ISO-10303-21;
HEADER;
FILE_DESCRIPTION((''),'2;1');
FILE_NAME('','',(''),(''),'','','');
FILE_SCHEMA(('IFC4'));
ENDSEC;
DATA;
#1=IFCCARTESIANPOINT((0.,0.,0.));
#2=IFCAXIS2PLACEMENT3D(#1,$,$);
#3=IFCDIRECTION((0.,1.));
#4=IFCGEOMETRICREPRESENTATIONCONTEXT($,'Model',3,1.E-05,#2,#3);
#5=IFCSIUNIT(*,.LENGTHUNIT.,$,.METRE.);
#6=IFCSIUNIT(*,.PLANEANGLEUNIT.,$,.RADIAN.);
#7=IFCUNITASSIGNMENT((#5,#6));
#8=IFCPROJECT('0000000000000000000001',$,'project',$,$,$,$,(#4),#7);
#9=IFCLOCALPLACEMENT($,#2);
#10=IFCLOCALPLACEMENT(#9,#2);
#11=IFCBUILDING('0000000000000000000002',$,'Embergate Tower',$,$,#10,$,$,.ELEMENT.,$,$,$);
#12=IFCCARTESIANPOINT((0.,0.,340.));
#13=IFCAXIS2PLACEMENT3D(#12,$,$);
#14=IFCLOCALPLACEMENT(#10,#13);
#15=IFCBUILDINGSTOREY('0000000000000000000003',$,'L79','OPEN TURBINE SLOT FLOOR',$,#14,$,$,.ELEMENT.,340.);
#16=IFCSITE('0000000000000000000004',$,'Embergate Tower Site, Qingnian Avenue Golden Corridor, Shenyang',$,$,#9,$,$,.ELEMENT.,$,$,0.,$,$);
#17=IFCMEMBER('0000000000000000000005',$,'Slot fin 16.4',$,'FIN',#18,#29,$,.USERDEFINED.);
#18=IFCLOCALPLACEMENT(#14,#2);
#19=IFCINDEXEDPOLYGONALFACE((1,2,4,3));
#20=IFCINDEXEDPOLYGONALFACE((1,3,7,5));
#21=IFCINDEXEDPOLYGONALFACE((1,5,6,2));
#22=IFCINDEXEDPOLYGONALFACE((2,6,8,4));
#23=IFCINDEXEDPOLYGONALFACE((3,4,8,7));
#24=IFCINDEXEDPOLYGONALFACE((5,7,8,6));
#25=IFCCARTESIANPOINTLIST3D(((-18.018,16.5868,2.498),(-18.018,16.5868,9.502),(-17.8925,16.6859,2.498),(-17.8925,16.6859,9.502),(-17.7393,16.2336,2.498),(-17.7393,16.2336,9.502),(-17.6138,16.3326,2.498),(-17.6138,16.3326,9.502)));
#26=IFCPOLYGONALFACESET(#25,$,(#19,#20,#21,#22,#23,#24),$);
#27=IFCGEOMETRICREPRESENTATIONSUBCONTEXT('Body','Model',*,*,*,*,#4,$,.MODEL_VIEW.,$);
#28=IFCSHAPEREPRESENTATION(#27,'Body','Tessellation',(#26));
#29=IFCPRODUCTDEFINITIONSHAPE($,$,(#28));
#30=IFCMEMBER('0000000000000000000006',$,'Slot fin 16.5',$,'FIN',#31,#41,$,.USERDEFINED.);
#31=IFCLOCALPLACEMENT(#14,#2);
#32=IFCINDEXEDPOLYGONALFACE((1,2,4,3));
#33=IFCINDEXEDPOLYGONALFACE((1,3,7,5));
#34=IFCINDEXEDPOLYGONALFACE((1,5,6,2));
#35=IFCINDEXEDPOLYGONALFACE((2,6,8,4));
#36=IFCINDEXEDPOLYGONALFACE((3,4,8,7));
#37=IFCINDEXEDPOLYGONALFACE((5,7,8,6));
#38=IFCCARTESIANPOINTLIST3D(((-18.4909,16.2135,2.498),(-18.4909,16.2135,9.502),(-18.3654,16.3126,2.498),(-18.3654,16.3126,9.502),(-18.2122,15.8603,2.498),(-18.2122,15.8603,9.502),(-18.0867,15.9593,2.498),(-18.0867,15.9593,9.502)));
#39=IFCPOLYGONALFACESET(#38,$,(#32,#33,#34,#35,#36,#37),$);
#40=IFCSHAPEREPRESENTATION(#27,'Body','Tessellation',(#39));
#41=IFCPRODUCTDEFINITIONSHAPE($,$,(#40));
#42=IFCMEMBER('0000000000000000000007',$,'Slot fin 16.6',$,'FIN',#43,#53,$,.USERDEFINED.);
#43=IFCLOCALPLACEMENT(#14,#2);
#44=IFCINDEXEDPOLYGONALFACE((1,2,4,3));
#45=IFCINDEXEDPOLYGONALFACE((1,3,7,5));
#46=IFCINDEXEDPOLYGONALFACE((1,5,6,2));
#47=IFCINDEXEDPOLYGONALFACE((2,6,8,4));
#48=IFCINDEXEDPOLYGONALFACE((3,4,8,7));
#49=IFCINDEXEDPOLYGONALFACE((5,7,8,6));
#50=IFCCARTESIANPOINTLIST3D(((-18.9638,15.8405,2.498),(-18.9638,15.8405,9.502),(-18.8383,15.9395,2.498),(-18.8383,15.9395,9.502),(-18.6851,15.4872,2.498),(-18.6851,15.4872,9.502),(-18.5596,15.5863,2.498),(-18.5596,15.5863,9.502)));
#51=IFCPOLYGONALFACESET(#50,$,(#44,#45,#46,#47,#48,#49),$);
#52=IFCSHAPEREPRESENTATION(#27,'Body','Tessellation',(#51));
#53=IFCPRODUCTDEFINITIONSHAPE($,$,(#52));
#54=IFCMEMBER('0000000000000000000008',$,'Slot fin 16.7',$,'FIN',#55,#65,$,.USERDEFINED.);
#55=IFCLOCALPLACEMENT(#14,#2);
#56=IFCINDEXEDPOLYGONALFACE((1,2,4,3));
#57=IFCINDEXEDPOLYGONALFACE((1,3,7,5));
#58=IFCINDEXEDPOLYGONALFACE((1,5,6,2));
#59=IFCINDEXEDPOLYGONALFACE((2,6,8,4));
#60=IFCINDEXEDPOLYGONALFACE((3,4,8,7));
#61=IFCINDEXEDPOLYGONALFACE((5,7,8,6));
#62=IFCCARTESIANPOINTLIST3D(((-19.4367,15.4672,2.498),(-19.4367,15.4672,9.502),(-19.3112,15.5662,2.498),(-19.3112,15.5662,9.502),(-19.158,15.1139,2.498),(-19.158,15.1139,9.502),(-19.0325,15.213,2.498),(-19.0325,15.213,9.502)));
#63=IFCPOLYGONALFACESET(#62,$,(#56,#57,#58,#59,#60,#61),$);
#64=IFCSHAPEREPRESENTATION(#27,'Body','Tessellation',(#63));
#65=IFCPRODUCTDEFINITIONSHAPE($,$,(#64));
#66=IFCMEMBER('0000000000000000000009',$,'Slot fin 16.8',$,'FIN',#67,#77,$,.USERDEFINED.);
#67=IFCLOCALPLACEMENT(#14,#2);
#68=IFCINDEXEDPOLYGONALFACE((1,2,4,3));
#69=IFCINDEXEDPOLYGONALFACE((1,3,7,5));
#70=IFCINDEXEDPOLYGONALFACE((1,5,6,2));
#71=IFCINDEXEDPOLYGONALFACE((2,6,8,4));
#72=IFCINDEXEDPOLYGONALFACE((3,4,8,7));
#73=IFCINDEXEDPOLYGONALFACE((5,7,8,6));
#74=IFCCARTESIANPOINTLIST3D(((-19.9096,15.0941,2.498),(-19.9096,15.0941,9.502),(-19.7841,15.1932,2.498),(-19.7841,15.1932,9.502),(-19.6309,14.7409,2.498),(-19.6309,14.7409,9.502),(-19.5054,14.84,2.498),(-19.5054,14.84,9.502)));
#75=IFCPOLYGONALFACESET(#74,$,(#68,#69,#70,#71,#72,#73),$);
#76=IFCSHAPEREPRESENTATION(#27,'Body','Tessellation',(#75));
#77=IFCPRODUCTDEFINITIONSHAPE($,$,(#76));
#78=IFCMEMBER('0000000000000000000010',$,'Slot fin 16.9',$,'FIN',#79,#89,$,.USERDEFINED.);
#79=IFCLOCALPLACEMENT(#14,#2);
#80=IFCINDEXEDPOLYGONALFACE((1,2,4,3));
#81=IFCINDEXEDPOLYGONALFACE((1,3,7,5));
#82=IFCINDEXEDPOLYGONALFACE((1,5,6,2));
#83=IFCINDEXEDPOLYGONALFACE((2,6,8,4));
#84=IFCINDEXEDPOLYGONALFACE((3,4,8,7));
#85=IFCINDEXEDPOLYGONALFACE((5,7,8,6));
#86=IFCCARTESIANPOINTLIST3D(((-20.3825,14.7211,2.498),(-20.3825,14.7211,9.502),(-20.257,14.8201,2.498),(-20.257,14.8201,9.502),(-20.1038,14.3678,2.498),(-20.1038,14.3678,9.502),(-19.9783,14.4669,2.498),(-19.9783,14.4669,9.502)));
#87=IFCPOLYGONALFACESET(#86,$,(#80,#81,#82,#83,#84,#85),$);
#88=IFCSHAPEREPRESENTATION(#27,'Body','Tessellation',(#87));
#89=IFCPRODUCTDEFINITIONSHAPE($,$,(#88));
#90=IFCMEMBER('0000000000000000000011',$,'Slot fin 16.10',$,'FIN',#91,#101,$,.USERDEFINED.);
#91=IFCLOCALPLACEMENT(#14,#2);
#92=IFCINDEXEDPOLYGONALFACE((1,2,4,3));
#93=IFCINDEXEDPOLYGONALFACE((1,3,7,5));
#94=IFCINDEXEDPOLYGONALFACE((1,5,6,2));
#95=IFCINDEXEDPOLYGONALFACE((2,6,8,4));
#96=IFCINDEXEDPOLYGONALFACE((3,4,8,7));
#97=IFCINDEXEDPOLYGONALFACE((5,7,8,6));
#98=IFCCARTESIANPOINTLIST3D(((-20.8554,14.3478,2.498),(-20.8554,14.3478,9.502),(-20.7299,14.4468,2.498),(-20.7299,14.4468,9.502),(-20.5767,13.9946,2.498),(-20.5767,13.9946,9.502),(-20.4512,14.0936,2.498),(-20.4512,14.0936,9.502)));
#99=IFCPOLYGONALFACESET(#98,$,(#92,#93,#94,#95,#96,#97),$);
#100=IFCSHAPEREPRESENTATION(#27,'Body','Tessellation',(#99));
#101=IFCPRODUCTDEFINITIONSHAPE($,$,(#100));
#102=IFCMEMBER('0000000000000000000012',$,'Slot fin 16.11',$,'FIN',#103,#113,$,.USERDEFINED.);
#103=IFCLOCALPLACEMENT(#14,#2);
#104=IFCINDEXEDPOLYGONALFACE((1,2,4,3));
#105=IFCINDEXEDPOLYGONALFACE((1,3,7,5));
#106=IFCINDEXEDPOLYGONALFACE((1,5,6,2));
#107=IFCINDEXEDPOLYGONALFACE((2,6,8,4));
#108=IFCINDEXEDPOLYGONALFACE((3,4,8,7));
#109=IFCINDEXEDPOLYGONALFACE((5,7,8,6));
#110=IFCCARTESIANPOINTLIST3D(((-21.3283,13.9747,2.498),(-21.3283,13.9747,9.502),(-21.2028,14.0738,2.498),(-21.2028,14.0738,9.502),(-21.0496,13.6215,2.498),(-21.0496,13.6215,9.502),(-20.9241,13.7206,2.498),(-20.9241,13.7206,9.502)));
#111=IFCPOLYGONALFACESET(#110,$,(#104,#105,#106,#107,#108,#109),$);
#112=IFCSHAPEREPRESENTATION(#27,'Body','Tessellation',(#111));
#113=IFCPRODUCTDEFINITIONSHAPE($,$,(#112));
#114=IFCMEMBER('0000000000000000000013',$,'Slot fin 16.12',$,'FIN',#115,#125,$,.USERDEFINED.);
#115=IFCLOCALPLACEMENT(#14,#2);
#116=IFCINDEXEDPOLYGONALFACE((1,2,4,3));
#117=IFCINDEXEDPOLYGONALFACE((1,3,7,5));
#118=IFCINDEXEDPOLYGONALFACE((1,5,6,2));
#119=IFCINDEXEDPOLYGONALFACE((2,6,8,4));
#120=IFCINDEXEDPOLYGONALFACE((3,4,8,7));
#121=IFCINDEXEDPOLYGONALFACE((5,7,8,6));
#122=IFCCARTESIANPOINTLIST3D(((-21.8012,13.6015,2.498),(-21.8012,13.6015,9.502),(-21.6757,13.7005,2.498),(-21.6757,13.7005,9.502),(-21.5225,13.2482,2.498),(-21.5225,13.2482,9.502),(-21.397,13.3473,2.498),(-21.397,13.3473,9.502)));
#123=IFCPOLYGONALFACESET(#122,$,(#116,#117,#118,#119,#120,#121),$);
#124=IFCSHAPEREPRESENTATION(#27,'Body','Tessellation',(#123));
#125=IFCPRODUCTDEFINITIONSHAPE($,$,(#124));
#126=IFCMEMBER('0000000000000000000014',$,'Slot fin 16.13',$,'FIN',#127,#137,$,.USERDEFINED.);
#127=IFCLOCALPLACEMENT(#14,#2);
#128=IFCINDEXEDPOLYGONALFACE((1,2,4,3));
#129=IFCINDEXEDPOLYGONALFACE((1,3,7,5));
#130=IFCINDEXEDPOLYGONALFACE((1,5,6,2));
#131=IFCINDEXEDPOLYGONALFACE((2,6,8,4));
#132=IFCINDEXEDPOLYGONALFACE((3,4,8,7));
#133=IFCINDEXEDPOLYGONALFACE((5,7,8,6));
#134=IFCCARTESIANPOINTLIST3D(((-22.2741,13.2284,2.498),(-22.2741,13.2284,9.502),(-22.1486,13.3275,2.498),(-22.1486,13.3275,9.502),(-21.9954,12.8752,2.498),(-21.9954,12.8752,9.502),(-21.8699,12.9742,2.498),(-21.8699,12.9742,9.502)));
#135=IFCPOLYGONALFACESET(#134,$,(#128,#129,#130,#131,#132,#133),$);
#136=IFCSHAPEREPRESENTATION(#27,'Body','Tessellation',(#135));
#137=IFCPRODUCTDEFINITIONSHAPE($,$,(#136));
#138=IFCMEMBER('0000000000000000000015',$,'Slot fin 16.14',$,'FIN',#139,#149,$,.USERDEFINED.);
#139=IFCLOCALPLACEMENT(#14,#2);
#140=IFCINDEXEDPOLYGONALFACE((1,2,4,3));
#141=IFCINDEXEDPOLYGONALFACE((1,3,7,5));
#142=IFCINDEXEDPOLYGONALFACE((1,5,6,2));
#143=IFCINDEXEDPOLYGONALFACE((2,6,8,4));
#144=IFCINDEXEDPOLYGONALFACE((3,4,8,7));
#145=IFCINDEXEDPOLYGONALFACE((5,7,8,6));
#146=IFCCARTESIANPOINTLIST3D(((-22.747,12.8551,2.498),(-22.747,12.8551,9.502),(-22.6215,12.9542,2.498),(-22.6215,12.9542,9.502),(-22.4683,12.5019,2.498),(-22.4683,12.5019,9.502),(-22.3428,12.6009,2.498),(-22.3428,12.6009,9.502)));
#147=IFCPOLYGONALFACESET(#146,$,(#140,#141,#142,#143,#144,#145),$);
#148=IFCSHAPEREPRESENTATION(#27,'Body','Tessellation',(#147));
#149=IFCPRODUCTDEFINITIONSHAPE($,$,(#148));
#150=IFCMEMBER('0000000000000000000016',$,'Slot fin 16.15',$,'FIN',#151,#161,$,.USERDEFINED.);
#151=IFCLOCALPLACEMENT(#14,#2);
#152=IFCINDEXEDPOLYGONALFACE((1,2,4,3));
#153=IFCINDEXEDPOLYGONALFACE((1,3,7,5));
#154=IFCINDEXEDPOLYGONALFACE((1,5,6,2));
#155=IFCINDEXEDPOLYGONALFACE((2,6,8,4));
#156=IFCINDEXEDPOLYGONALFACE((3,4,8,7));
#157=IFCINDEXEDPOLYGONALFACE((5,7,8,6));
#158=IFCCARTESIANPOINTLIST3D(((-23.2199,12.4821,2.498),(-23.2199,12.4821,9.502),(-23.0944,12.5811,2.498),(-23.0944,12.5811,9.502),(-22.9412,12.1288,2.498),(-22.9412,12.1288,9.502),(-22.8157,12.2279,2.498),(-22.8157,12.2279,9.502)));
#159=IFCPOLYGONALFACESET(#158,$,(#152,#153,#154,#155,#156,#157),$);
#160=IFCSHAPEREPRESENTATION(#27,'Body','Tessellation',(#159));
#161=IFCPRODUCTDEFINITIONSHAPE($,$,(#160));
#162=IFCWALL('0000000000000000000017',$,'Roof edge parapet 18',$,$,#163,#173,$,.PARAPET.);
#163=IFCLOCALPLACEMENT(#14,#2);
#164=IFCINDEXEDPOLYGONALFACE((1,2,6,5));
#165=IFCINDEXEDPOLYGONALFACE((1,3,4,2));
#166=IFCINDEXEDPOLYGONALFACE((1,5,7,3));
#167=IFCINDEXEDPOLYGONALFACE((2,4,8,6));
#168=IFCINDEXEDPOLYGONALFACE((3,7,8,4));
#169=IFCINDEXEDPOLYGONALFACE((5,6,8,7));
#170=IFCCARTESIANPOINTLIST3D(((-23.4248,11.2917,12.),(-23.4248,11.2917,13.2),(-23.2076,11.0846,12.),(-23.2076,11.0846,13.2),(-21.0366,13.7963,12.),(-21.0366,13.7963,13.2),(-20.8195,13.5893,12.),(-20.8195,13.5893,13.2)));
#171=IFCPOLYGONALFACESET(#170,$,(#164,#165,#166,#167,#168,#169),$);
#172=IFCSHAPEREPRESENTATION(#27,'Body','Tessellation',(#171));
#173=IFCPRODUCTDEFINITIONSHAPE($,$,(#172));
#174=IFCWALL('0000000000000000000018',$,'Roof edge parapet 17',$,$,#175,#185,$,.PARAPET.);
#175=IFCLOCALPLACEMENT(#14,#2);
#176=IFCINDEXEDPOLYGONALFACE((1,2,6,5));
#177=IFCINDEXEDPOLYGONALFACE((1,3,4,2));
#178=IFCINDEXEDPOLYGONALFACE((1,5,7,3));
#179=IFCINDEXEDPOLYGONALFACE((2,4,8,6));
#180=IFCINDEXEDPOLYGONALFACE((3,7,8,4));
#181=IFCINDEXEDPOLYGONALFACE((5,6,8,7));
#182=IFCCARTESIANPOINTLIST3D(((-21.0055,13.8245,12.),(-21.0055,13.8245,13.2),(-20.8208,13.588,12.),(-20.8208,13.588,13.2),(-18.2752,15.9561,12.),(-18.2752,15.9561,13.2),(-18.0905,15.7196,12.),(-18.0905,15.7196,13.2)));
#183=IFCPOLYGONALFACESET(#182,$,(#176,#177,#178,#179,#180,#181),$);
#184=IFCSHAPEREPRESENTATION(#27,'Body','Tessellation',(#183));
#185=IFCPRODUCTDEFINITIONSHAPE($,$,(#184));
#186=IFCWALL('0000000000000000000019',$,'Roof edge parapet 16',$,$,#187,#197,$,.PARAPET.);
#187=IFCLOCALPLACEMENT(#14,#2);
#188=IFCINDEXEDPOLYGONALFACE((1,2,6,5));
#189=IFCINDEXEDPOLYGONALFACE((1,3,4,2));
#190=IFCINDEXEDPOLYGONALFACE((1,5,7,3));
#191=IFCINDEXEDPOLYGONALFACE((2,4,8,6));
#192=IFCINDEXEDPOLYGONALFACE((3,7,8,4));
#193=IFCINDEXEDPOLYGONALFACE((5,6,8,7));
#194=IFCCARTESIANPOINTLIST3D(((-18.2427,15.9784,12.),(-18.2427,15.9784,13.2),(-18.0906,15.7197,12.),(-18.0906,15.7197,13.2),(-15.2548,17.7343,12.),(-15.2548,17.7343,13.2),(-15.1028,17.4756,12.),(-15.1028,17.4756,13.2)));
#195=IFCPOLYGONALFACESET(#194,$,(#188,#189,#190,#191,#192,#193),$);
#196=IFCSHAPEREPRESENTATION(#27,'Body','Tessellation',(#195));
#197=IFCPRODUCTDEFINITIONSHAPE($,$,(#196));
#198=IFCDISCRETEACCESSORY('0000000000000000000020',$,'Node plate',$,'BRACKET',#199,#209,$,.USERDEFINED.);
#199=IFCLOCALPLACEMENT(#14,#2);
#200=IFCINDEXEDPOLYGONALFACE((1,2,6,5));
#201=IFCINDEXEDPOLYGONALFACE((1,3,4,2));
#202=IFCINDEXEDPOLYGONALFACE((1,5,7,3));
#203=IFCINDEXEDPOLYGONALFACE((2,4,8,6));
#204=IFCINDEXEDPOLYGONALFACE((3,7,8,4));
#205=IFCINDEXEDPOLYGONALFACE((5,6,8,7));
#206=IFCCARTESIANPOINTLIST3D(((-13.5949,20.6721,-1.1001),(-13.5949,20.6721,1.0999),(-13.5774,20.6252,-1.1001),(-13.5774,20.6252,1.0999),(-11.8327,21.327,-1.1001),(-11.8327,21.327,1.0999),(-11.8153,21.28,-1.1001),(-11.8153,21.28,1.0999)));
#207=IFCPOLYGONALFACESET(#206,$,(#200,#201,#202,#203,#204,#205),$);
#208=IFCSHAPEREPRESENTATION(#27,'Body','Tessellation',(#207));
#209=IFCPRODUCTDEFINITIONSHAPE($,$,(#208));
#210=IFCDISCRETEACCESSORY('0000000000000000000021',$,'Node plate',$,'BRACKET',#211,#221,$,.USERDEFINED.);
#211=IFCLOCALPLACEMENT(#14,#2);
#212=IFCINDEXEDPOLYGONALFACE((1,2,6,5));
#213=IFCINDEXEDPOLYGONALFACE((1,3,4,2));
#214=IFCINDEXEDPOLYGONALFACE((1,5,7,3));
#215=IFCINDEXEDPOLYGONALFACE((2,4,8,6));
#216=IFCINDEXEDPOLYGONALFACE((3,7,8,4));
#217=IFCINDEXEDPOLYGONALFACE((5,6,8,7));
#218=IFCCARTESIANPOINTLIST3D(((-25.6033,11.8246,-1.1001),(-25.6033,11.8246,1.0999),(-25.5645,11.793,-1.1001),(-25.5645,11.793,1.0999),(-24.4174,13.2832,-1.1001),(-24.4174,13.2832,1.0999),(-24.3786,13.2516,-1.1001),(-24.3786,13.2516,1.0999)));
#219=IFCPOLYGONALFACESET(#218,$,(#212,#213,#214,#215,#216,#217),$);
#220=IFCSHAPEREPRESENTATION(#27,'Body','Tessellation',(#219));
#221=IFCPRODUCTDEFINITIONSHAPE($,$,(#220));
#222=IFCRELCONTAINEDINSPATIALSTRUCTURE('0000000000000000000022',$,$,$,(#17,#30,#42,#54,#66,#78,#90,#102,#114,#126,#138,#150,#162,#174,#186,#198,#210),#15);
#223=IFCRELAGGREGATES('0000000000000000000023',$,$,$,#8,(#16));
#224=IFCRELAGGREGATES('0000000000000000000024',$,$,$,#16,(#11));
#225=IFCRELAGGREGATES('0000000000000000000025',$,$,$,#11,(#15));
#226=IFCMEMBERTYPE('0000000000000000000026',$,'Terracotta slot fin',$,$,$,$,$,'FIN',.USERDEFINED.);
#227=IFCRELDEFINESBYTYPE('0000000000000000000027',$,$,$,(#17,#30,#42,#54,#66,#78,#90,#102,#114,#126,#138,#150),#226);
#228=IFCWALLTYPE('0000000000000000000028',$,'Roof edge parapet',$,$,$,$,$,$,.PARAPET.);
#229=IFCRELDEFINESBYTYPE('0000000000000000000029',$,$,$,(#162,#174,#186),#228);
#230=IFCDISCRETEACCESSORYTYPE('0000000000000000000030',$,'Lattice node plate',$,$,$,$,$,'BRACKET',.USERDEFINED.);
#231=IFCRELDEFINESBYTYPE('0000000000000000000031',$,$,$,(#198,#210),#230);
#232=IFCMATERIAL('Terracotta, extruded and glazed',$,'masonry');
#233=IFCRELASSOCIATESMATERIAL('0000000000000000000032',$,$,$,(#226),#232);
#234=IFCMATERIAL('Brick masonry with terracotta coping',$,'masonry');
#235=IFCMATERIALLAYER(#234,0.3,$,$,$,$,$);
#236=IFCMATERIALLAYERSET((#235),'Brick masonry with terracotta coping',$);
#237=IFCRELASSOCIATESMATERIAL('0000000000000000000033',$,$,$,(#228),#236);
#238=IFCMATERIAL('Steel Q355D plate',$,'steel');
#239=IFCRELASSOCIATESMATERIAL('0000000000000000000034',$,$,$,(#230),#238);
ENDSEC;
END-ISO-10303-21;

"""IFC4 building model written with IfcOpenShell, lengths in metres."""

from ifc_helpers import new_model, si_unit, direction, frame, frame_2d, origin, origin_2d, place, context, subcontext, project, spatial, rectangle, extrude, source, transform, mapped, material, layer, layer_set, material_profile, profile_set, type_object, element, save


model = new_model("IFC4")

# Units and contexts
model_context = context("Model", 3, precision=1e-05, world=origin(), true_north=direction((0.0, 1.0)))
body_context = subcontext(model_context, "Body", "Model", "MODEL_VIEW")
ifc_project = project(units=[si_unit("LENGTHUNIT", "METRE"), si_unit("PLANEANGLEUNIT", "RADIAN")], contexts=[model_context])

# Site, building, storey
site_placement = place(None, origin())
site = spatial("IfcSite", under=ifc_project, at=site_placement, Name="Embergate Tower Site, Qingnian Avenue Golden Corridor, Shenyang", CompositionType="ELEMENT", RefElevation=0.0)
building_placement = place(site_placement, origin())
building = spatial("IfcBuilding", under=site, at=building_placement, Name="Embergate Tower", CompositionType="ELEMENT")
storey_placement = place(building_placement, frame((0.0, 0.0, 340.0)))
storey = spatial("IfcBuildingStorey", under=building, at=storey_placement, Name="L79", Description="OPEN TURBINE SLOT FLOOR", CompositionType="ELEMENT", Elevation=340.0)

# Members
ifc_material_1 = material(Name="Terracotta, extruded and glazed", Category="masonry")
ifc_material_profile_1 = material_profile(ifc_material_1, rectangle(XDim=0.45, YDim=0.1599, at=origin_2d()), Name="TC 450x160")
ifc_profile_set_1 = profile_set([ifc_material_profile_1], Name="Terracotta, extruded and glazed")
member_type_1 = type_object("IfcMemberType", Name="Terracotta slot fin", ElementType="FIN", PredefinedType="USERDEFINED", material=ifc_profile_set_1)
shared_shape_1 = source(origin(), body_context, "Body", "SweptSolid", [
    extrude(rectangle(XDim=0.45, YDim=0.1599, at=origin_2d()), origin(), (0.0, 0.0, 1.0), 7.0039),
])
for number, where, z_axis, x_axis, name in (
    (1, (-17.8159, 16.4597, 2.498), (0.0, 0.0, 1.0), (0.619435, -0.785048, 0.0), "Slot fin 16.4"),
    (2, (-18.2888, 16.0864, 2.498), (0.0, 0.0, 1.0), (0.619435, -0.785048, 0.0), "Slot fin 16.5"),
    (3, (-18.7617, 15.7134, 2.498), (0.0, 0.0, 1.0), (0.619435, -0.785048, 0.0), "Slot fin 16.6"),
    (4, (-19.2346, 15.3401, 2.498), (0.0, 0.0, 1.0), (0.619435, -0.785048, 0.0), "Slot fin 16.7"),
    (5, (-19.7075, 14.967, 2.498), (0.0, 0.0, 1.0), (0.619435, -0.785048, 0.0), "Slot fin 16.8"),
    (6, (-20.1804, 14.594, 2.498), (0.0, 0.0, 1.0), (0.619435, -0.785048, 0.0), "Slot fin 16.9"),
    (7, (-20.6533, 14.2207, 2.498), (0.0, 0.0, 1.0), (0.619435, -0.785048, 0.0), "Slot fin 16.10"),
    (8, (-21.1262, 13.8477, 2.498), (0.0, 0.0, 1.0), (0.619435, -0.785048, 0.0), "Slot fin 16.11"),
    (9, (-21.5991, 13.4744, 2.498), (0.0, 0.0, 1.0), (0.619435, -0.785048, 0.0), "Slot fin 16.12"),
    (10, (-22.072, 13.1013, 2.498), (0.0, 0.0, 1.0), (0.619435, -0.785048, 0.0), "Slot fin 16.13"),
    (11, (-22.5449, 12.728, 2.498), (0.0, 0.0, 1.0), (0.619435, -0.785048, 0.0), "Slot fin 16.14"),
    (12, (-23.0178, 12.355, 2.498), (0.0, 0.0, 1.0), (0.619435, -0.785048, 0.0), "Slot fin 16.15"),
):
    element("IfcMember", number, at=place(storey_placement, frame(where, z_axis=z_axis, x_axis=x_axis)), inside=storey, type_object=member_type_1, Name=name, ObjectType="FIN", PredefinedType="USERDEFINED", context=body_context, shape_type="MappedRepresentation", body=[
        mapped(shared_shape_1, transform((0.0, 0.0, 0.0))),
    ])

# Walls
ifc_material_2 = material(Name="Brick masonry with terracotta coping", Category="masonry")
ifc_layer = layer(ifc_material_2, 0.3)
ifc_layer_set = layer_set([ifc_layer], Name="Brick masonry with terracotta coping")
wall_type = type_object("IfcWallType", Name="Roof edge parapet", PredefinedType="PARAPET", material=ifc_layer_set)
shared_shape_2 = source(origin(), body_context, "Body", "SweptSolid", [
    extrude(rectangle(XDim=3.4607, YDim=0.3, at=frame_2d((1.7305, 0.0))), origin(), (0.0, 0.0, 1.0), 1.2),
])
wall_1_placement = place(storey_placement, frame((-20.928, 13.6929, 12.0), z_axis=(0.0, 0.0, 1.0), x_axis=(-0.690081, -0.723732, 0.0)))
element("IfcWall", 13, at=wall_1_placement, inside=storey, type_object=wall_type, Name="Roof edge parapet 18", PredefinedType="PARAPET", context=body_context, shape_type="MappedRepresentation", body=[
    mapped(shared_shape_2, transform((0.0, 0.0, 0.0))),
])
shared_shape_3 = source(origin(), body_context, "Body", "SweptSolid", [
    extrude(rectangle(XDim=3.4639, YDim=0.3, at=frame_2d((1.7319, 0.0))), origin(), (0.0, 0.0, 1.0), 1.2),
])
wall_2_placement = place(storey_placement, frame((-18.1829, 15.8379, 12.0), z_axis=(0.0, 0.0, 1.0), x_axis=(-0.78822, -0.615394, 0.0)))
element("IfcWall", 14, at=wall_2_placement, inside=storey, type_object=wall_type, Name="Roof edge parapet 17", PredefinedType="PARAPET", context=body_context, shape_type="MappedRepresentation", body=[
    mapped(shared_shape_3, transform((0.0, 0.0, 0.0))),
])
shared_shape_4 = source(origin(), body_context, "Body", "SweptSolid", [
    extrude(rectangle(XDim=3.4656, YDim=0.3, at=frame_2d((1.7329, 0.0))), origin(), (0.0, 0.0, 1.0), 1.2),
])
wall_3_placement = place(storey_placement, frame((-15.1787, 17.605, 12.0), z_axis=(0.0, 0.0, 1.0), x_axis=(-0.862144, -0.506663, 0.0)))
element("IfcWall", 15, at=wall_3_placement, inside=storey, type_object=wall_type, Name="Roof edge parapet 16", PredefinedType="PARAPET", context=body_context, shape_type="MappedRepresentation", body=[
    mapped(shared_shape_4, transform((0.0, 0.0, 0.0))),
])

# Discrete accessories
ifc_material_3 = material(Name="Steel Q355D plate", Category="steel")
discrete_accessory_type = type_object("IfcDiscreteAccessoryType", Name="Lattice node plate", ElementType="BRACKET", PredefinedType="USERDEFINED", material=ifc_material_3)
shared_shape_5 = source(origin(), body_context, "Body", "SweptSolid", [
    extrude(rectangle(XDim=1.8799, YDim=0.05, at=origin_2d()), origin(), (0.0, 0.0, 1.0), 2.2),
])
for number, where, z_axis, x_axis, name in (
    (16, (-12.7051, 20.9761, -1.1001), (0.0, 0.0, 1.0), (-0.937367, -0.348343, 0.0), "Node plate"),
    (17, (-24.991, 12.5381, -1.1001), (0.0, 0.0, 1.0), (-0.630838, -0.775914, 0.0), "Node plate"),
):
    element("IfcDiscreteAccessory", number, at=place(storey_placement, frame(where, z_axis=z_axis, x_axis=x_axis)), inside=storey, type_object=discrete_accessory_type, Name=name, ObjectType="BRACKET", PredefinedType="USERDEFINED", context=body_context, shape_type="MappedRepresentation", body=[
        mapped(shared_shape_5, transform((0.0, 0.0, 0.0))),
    ])

save(model, "model.ifc")
